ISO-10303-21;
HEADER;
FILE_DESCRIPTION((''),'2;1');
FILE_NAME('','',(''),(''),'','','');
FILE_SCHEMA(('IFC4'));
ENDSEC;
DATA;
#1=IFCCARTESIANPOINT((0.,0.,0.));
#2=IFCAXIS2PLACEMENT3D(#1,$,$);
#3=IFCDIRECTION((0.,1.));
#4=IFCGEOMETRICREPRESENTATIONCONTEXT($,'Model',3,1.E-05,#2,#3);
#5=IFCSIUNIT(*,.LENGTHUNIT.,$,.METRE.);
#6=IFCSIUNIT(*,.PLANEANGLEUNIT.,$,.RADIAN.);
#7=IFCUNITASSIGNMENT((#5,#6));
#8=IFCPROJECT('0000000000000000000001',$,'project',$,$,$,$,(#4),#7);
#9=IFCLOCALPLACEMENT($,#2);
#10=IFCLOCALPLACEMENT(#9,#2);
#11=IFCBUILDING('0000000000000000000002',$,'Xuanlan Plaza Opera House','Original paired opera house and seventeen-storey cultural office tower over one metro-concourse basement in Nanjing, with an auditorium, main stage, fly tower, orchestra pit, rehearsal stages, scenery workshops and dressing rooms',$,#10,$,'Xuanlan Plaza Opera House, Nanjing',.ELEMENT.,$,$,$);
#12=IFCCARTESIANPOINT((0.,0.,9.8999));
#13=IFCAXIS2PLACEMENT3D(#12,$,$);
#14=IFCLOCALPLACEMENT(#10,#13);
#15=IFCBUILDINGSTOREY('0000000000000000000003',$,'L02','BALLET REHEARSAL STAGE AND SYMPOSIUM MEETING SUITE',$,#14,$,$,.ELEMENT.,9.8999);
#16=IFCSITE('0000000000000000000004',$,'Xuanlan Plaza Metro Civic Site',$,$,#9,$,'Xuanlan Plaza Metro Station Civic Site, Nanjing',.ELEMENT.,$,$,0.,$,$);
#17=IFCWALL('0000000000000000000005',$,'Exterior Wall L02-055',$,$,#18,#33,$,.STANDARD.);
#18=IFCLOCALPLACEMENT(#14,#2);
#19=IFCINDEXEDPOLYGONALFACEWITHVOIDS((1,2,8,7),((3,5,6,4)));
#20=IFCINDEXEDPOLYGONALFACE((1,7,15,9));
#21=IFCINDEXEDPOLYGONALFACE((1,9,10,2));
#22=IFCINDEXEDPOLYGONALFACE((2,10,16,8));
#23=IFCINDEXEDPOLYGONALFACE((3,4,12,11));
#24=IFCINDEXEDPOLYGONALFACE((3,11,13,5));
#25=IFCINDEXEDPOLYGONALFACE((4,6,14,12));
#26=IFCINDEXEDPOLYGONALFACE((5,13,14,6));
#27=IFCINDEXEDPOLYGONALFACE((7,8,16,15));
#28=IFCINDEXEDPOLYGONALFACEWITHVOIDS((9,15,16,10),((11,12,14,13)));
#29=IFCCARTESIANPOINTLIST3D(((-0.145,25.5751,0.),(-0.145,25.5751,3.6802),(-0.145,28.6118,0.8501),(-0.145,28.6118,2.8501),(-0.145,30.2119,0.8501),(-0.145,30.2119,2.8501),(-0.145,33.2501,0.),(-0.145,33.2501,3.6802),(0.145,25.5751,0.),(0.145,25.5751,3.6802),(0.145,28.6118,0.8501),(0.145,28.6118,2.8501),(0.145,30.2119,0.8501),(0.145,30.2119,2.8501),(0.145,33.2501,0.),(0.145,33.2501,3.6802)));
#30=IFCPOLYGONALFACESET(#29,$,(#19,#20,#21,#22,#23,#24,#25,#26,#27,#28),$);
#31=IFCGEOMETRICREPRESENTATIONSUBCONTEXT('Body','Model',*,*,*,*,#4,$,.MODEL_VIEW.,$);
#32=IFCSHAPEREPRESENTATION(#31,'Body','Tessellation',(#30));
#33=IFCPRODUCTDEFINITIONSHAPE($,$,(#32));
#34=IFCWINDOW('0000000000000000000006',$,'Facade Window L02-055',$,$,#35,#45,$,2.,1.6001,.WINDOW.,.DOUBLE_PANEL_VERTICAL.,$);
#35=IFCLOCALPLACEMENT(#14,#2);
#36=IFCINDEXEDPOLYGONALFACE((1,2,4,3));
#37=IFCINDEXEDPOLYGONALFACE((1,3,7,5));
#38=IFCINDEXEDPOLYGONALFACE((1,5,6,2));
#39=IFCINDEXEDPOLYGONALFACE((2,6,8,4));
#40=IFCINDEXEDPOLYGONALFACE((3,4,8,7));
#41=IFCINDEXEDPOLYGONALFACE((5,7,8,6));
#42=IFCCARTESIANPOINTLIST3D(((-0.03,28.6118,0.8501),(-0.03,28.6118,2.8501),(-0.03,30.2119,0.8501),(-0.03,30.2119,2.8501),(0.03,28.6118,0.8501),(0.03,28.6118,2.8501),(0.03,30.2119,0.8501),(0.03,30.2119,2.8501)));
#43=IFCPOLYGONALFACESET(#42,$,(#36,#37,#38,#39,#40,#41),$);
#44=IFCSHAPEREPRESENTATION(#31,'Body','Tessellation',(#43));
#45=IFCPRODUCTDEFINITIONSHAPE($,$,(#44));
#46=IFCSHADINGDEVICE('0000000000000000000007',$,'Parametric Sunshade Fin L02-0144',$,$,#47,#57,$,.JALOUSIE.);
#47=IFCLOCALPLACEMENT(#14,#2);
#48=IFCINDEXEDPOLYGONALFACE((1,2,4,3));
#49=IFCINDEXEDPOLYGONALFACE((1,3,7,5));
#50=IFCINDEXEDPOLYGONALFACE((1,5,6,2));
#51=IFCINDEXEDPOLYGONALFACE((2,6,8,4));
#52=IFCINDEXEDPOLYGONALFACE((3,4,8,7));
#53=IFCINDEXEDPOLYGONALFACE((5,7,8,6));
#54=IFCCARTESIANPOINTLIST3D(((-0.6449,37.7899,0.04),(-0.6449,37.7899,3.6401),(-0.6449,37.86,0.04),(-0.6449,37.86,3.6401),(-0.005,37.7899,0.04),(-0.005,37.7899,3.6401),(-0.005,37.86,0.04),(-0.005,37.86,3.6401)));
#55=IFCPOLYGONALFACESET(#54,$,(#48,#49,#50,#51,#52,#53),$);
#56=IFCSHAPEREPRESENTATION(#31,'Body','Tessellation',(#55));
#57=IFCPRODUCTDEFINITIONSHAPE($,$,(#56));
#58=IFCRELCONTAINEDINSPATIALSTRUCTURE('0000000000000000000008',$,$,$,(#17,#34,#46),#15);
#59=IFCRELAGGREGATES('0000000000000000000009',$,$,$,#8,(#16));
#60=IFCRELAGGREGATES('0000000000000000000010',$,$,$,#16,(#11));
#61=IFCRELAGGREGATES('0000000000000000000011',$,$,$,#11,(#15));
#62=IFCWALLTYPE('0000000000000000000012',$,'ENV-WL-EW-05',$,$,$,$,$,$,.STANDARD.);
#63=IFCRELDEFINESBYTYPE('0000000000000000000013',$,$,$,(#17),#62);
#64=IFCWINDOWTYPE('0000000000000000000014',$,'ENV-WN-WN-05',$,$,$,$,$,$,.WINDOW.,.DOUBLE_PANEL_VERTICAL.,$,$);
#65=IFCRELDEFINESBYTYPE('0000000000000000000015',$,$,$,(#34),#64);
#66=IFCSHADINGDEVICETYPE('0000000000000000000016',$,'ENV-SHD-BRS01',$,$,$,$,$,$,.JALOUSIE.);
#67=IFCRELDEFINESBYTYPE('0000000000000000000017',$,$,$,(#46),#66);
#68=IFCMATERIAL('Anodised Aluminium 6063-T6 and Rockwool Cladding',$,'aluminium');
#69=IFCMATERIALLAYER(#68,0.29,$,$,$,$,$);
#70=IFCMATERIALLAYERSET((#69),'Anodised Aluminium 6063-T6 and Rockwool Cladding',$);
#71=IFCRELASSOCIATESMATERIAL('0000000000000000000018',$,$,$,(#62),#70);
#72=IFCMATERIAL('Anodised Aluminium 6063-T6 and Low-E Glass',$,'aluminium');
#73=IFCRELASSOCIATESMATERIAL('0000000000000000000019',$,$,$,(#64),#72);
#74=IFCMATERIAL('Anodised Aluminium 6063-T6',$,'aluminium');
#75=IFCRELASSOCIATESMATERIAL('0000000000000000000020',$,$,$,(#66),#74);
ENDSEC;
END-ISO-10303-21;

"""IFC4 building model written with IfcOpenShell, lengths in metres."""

from ifc_helpers import new_model, si_unit, direction, frame, frame_2d, origin, origin_2d, place, context, subcontext, project, spatial, rectangle, extrude, material, layer, layer_set, type_object, element, fill, save


model = new_model("IFC4")

# Units and contexts
model_context = context("Model", 3, precision=1e-05, world=origin(), true_north=direction((0.0, 1.0)))
body_context = subcontext(model_context, "Body", "Model", "MODEL_VIEW")
ifc_project = project(units=[si_unit("LENGTHUNIT", "METRE"), si_unit("PLANEANGLEUNIT", "RADIAN")], contexts=[model_context])

# Site, building, storey
site_placement = place(None, origin())
site = spatial("IfcSite", under=ifc_project, at=site_placement, Name="Xuanlan Plaza Metro Civic Site", LongName="Xuanlan Plaza Metro Station Civic Site, Nanjing", CompositionType="ELEMENT", RefElevation=0.0)
building_placement = place(site_placement, origin())
building = spatial("IfcBuilding", under=site, at=building_placement, Name="Xuanlan Plaza Opera House", Description="Original paired opera house and seventeen-storey cultural office tower over one metro-concourse basement in Nanjing, with an auditorium, main stage, fly tower, orchestra pit, rehearsal stages, scenery workshops and dressing rooms", LongName="Xuanlan Plaza Opera House, Nanjing", CompositionType="ELEMENT")
storey_placement = place(building_placement, frame((0.0, 0.0, 9.8999)))
storey = spatial("IfcBuildingStorey", under=building, at=storey_placement, Name="L02", Description="BALLET REHEARSAL STAGE AND SYMPOSIUM MEETING SUITE", CompositionType="ELEMENT", Elevation=9.8999)

# Shared definitions
ifc_material_1 = material(Name="Anodised Aluminium 6063-T6 and Low-E Glass", Category="aluminium")
ifc_material_2 = material(Name="Anodised Aluminium 6063-T6", Category="aluminium")

# Wall, opening, window
ifc_material_3 = material(Name="Anodised Aluminium 6063-T6 and Rockwool Cladding", Category="aluminium")
ifc_layer_1 = layer(ifc_material_3, 0.29)
ifc_layer_set_1 = layer_set([ifc_layer_1], Name="Anodised Aluminium 6063-T6 and Rockwool Cladding")
wall_type = type_object("IfcWallType", Name="ENV-WL-EW-05", PredefinedType="STANDARD", material=ifc_layer_set_1)
wall_placement = place(storey_placement, frame((0.0, 33.25, 0.0), z_axis=(0.0, 0.0, 1.0), x_axis=(0.0, -1.0, 0.0)))
wall = element("IfcWall", 1, at=wall_placement, inside=storey, type_object=wall_type, Name="Exterior Wall L02-055", PredefinedType="STANDARD", context=body_context, shape_type="SweptSolid", body=[
    extrude(rectangle(XDim=7.675, YDim=0.29, at=frame_2d((3.8374, 0.0))), origin(), (0.0, 0.0, 1.0), 3.6802),
])
opening_placement = place(wall_placement, frame((3.0381, 0.0, 0.8501)))
opening = element("IfcOpeningElement", 2, at=opening_placement, cuts=wall, PredefinedType="OPENING", context=body_context, shape_type="SweptSolid", body=[
    extrude(rectangle(XDim=1.6001, YDim=2.0, at=frame_2d((0.8, 1.0))), frame((0.0, 0.155, 0.0), z_axis=(0.0, -1.0, 0.0), x_axis=(1.0, 0.0, 0.0)), (0.0, 0.0, 1.0), 0.3101),
])
window_type = type_object("IfcWindowType", Name="ENV-WN-WN-05", PartitioningType="DOUBLE_PANEL_VERTICAL", PredefinedType="WINDOW", material=ifc_material_1)
window_placement = place(opening_placement, origin())
window = element("IfcWindow", 3, at=window_placement, inside=storey, type_object=window_type, Name="Facade Window L02-055", OverallHeight=2.0, OverallWidth=1.6001, PartitioningType="DOUBLE_PANEL_VERTICAL", PredefinedType="WINDOW", context=body_context, shape_type="SweptSolid", body=[
    extrude(rectangle(XDim=1.6001, YDim=2.0, at=frame_2d((0.8, 1.0))), frame((0.0, 0.03, 0.0), z_axis=(0.0, -1.0, 0.0), x_axis=(1.0, 0.0, 0.0)), (0.0, 0.0, 1.0), 0.0601),
])
fill(opening, window)

# Shading device
shading_device_type = type_object("IfcShadingDeviceType", Name="ENV-SHD-BRS01", PredefinedType="JALOUSIE", material=ifc_material_2)
shading_device_placement = place(storey_placement, frame((-0.325, 37.825, 0.04), z_axis=(0.0, 0.0, 1.0), x_axis=(-1.0, 0.0, 0.0)))
element("IfcShadingDevice", 4, at=shading_device_placement, inside=storey, type_object=shading_device_type, Name="Parametric Sunshade Fin L02-0144", PredefinedType="JALOUSIE", context=body_context, shape_type="SweptSolid", body=[
    extrude(rectangle(XDim=0.6399, YDim=0.0701, at=origin_2d()), origin(), (0.0, 0.0, 1.0), 3.6001),
])

save(model, "model.ifc")
